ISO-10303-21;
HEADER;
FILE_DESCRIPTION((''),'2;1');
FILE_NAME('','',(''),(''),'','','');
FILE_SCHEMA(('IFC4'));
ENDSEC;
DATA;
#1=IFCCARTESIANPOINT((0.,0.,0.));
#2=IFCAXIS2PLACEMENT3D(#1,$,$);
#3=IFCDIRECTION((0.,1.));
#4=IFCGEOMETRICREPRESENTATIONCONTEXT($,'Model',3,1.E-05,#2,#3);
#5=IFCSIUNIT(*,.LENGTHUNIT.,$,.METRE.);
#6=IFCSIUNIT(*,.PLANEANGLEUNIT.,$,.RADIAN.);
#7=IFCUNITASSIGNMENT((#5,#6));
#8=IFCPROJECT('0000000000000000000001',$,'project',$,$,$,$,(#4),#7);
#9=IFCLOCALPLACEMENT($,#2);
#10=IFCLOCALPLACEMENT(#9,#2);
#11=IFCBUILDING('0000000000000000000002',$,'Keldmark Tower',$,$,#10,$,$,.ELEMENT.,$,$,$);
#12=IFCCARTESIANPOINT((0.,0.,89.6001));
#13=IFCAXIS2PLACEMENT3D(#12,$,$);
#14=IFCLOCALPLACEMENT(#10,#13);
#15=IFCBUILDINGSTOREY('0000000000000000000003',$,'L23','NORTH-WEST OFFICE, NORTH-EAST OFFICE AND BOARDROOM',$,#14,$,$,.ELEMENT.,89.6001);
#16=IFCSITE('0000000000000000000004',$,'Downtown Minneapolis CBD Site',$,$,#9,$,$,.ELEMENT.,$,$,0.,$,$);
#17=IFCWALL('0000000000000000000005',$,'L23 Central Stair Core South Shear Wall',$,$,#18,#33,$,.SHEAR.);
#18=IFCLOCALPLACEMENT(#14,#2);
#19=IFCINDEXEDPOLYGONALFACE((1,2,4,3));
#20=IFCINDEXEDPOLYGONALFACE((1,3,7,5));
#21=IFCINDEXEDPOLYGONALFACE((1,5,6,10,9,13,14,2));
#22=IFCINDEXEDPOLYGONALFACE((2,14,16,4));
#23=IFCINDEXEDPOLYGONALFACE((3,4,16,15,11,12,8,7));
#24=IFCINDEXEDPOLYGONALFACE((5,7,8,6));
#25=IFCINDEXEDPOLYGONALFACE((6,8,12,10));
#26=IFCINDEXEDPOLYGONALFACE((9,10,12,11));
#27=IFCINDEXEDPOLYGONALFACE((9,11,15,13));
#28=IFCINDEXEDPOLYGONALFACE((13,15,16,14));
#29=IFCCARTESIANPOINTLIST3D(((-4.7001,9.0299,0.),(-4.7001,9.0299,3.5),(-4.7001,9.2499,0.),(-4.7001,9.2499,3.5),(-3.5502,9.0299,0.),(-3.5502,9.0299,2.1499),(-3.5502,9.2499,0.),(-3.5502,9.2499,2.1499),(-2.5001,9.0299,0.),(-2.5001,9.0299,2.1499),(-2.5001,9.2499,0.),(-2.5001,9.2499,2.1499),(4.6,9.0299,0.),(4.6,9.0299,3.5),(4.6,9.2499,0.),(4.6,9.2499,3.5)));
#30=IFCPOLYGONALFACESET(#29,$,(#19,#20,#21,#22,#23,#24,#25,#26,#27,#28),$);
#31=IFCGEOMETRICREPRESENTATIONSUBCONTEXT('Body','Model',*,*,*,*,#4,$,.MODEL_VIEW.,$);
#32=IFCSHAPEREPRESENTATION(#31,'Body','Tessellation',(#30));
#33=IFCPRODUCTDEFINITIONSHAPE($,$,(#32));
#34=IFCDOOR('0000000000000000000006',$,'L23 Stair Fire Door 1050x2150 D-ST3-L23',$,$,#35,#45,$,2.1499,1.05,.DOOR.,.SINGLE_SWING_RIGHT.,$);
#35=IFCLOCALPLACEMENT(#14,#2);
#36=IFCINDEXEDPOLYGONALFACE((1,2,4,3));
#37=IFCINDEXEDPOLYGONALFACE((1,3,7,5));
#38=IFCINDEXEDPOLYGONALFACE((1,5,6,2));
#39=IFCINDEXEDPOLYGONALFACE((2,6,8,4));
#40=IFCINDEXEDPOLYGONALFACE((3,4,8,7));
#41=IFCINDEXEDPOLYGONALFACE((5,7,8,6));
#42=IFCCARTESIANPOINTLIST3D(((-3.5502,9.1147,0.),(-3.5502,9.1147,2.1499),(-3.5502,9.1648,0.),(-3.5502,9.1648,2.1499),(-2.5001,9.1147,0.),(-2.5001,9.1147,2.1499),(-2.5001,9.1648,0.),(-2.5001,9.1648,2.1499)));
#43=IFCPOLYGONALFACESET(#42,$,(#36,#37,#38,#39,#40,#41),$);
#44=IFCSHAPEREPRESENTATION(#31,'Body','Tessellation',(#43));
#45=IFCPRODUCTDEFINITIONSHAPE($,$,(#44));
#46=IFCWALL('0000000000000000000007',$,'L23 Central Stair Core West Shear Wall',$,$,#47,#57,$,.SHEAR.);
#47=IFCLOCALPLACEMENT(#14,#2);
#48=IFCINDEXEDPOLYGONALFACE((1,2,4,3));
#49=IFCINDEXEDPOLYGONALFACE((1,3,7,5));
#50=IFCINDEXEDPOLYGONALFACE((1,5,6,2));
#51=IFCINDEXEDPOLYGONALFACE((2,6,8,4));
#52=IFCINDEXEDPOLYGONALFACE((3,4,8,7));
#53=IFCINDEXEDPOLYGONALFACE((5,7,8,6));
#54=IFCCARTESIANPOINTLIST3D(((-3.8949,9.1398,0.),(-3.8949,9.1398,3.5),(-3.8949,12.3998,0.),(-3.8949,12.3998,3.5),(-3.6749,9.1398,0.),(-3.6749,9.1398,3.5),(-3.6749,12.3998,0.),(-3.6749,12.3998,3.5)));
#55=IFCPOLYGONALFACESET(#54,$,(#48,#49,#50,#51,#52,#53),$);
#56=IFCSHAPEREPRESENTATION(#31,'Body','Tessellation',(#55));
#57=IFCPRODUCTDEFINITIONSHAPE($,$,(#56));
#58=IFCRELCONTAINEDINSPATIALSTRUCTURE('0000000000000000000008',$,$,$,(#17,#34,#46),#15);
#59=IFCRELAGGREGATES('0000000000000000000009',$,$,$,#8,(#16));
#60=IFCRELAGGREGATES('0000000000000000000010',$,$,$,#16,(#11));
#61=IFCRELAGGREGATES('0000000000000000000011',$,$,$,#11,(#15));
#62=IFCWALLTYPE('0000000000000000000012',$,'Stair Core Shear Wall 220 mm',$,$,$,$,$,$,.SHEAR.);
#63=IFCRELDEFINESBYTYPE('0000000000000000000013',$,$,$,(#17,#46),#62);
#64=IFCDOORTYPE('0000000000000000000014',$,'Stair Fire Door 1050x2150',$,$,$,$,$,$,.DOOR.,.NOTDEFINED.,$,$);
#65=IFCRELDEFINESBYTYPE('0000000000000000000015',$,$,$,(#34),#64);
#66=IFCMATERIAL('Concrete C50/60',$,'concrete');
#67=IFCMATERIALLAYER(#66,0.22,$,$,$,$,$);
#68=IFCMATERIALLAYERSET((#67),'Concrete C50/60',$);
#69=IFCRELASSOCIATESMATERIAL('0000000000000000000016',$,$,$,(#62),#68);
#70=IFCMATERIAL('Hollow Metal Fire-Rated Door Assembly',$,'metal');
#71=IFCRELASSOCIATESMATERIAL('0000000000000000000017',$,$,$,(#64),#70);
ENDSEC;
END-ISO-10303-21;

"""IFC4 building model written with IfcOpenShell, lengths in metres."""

from ifc_helpers import new_model, si_unit, direction, frame, frame_2d, origin, place, context, subcontext, project, spatial, rectangle, extrude, material, layer, layer_set, type_object, element, fill, save


model = new_model("IFC4")

# Units and contexts
model_context = context("Model", 3, precision=1e-05, world=origin(), true_north=direction((0.0, 1.0)))
body_context = subcontext(model_context, "Body", "Model", "MODEL_VIEW")
ifc_project = project(units=[si_unit("LENGTHUNIT", "METRE"), si_unit("PLANEANGLEUNIT", "RADIAN")], contexts=[model_context])

# Site, building, storey
site_placement = place(None, origin())
site = spatial("IfcSite", under=ifc_project, at=site_placement, Name="Downtown Minneapolis CBD Site", CompositionType="ELEMENT", RefElevation=0.0)
building_placement = place(site_placement, origin())
building = spatial("IfcBuilding", under=site, at=building_placement, Name="Keldmark Tower", CompositionType="ELEMENT")
storey_placement = place(building_placement, frame((0.0, 0.0, 89.6001)))
storey = spatial("IfcBuildingStorey", under=building, at=storey_placement, Name="L23", Description="NORTH-WEST OFFICE, NORTH-EAST OFFICE AND BOARDROOM", CompositionType="ELEMENT", Elevation=89.6001)

# Wall, opening, door
ifc_material_1 = material(Name="Concrete C50/60", Category="concrete")
ifc_layer_1 = layer(ifc_material_1, 0.22)
ifc_layer_set_1 = layer_set([ifc_layer_1], Name="Concrete C50/60")
wall_type_1 = type_object("IfcWallType", Name="Stair Core Shear Wall 220 mm", PredefinedType="SHEAR", material=ifc_layer_set_1)
wall_1_placement = place(storey_placement, frame((-4.7, 9.1399, 0.0), z_axis=(0.0, 0.0, 1.0), x_axis=(1.0, 0.0, 0.0)))
wall_1 = element("IfcWall", 1, at=wall_1_placement, inside=storey, type_object=wall_type_1, Name="L23 Central Stair Core South Shear Wall", PredefinedType="SHEAR", context=body_context, shape_type="SweptSolid", body=[
    extrude(rectangle(XDim=9.3, YDim=0.22, at=frame_2d((4.6499, 0.0))), origin(), (0.0, 0.0, 1.0), 3.5),
])
opening_1_placement = place(wall_1_placement, frame((1.1499, 0.0, 0.0)))
opening_1 = element("IfcOpeningElement", 2, at=opening_1_placement, cuts=wall_1, PredefinedType="OPENING", context=body_context, shape_type="SweptSolid", body=[
    extrude(rectangle(XDim=1.05, YDim=2.1499, at=frame_2d((0.5249, 1.075))), frame((0.0, 0.1199, 0.0), z_axis=(0.0, -1.0, 0.0), x_axis=(1.0, 0.0, 0.0)), (0.0, 0.0, 1.0), 0.24),
])
ifc_material_2 = material(Name="Hollow Metal Fire-Rated Door Assembly", Category="metal")
door_type_1 = type_object("IfcDoorType", Name="Stair Fire Door 1050x2150", OperationType="NOTDEFINED", PredefinedType="DOOR", material=ifc_material_2)
door_1_placement = place(opening_1_placement, origin())
door_1 = element("IfcDoor", 3, at=door_1_placement, inside=storey, type_object=door_type_1, Name="L23 Stair Fire Door 1050x2150 D-ST3-L23", OperationType="SINGLE_SWING_RIGHT", OverallHeight=2.1499, OverallWidth=1.05, PredefinedType="DOOR", context=body_context, shape_type="SweptSolid", body=[
    extrude(rectangle(XDim=1.05, YDim=2.1499, at=frame_2d((0.5249, 1.075))), frame((0.0, 0.0249, 0.0), z_axis=(0.0, -1.0, 0.0), x_axis=(1.0, 0.0, 0.0)), (0.0, 0.0, 1.0), 0.05),
])
fill(opening_1, door_1)

# Wall
wall_2_placement = place(storey_placement, frame((-3.7849, 9.1399, 0.0), z_axis=(0.0, 0.0, 1.0), x_axis=(0.0, 1.0, 0.0)))
element("IfcWall", 4, at=wall_2_placement, inside=storey, type_object=wall_type_1, Name="L23 Central Stair Core West Shear Wall", PredefinedType="SHEAR", context=body_context, shape_type="SweptSolid", body=[
    extrude(rectangle(XDim=3.26, YDim=0.22, at=frame_2d((1.6299, 0.0))), origin(), (0.0, 0.0, 1.0), 3.5),
])

save(model, "model.ifc")
